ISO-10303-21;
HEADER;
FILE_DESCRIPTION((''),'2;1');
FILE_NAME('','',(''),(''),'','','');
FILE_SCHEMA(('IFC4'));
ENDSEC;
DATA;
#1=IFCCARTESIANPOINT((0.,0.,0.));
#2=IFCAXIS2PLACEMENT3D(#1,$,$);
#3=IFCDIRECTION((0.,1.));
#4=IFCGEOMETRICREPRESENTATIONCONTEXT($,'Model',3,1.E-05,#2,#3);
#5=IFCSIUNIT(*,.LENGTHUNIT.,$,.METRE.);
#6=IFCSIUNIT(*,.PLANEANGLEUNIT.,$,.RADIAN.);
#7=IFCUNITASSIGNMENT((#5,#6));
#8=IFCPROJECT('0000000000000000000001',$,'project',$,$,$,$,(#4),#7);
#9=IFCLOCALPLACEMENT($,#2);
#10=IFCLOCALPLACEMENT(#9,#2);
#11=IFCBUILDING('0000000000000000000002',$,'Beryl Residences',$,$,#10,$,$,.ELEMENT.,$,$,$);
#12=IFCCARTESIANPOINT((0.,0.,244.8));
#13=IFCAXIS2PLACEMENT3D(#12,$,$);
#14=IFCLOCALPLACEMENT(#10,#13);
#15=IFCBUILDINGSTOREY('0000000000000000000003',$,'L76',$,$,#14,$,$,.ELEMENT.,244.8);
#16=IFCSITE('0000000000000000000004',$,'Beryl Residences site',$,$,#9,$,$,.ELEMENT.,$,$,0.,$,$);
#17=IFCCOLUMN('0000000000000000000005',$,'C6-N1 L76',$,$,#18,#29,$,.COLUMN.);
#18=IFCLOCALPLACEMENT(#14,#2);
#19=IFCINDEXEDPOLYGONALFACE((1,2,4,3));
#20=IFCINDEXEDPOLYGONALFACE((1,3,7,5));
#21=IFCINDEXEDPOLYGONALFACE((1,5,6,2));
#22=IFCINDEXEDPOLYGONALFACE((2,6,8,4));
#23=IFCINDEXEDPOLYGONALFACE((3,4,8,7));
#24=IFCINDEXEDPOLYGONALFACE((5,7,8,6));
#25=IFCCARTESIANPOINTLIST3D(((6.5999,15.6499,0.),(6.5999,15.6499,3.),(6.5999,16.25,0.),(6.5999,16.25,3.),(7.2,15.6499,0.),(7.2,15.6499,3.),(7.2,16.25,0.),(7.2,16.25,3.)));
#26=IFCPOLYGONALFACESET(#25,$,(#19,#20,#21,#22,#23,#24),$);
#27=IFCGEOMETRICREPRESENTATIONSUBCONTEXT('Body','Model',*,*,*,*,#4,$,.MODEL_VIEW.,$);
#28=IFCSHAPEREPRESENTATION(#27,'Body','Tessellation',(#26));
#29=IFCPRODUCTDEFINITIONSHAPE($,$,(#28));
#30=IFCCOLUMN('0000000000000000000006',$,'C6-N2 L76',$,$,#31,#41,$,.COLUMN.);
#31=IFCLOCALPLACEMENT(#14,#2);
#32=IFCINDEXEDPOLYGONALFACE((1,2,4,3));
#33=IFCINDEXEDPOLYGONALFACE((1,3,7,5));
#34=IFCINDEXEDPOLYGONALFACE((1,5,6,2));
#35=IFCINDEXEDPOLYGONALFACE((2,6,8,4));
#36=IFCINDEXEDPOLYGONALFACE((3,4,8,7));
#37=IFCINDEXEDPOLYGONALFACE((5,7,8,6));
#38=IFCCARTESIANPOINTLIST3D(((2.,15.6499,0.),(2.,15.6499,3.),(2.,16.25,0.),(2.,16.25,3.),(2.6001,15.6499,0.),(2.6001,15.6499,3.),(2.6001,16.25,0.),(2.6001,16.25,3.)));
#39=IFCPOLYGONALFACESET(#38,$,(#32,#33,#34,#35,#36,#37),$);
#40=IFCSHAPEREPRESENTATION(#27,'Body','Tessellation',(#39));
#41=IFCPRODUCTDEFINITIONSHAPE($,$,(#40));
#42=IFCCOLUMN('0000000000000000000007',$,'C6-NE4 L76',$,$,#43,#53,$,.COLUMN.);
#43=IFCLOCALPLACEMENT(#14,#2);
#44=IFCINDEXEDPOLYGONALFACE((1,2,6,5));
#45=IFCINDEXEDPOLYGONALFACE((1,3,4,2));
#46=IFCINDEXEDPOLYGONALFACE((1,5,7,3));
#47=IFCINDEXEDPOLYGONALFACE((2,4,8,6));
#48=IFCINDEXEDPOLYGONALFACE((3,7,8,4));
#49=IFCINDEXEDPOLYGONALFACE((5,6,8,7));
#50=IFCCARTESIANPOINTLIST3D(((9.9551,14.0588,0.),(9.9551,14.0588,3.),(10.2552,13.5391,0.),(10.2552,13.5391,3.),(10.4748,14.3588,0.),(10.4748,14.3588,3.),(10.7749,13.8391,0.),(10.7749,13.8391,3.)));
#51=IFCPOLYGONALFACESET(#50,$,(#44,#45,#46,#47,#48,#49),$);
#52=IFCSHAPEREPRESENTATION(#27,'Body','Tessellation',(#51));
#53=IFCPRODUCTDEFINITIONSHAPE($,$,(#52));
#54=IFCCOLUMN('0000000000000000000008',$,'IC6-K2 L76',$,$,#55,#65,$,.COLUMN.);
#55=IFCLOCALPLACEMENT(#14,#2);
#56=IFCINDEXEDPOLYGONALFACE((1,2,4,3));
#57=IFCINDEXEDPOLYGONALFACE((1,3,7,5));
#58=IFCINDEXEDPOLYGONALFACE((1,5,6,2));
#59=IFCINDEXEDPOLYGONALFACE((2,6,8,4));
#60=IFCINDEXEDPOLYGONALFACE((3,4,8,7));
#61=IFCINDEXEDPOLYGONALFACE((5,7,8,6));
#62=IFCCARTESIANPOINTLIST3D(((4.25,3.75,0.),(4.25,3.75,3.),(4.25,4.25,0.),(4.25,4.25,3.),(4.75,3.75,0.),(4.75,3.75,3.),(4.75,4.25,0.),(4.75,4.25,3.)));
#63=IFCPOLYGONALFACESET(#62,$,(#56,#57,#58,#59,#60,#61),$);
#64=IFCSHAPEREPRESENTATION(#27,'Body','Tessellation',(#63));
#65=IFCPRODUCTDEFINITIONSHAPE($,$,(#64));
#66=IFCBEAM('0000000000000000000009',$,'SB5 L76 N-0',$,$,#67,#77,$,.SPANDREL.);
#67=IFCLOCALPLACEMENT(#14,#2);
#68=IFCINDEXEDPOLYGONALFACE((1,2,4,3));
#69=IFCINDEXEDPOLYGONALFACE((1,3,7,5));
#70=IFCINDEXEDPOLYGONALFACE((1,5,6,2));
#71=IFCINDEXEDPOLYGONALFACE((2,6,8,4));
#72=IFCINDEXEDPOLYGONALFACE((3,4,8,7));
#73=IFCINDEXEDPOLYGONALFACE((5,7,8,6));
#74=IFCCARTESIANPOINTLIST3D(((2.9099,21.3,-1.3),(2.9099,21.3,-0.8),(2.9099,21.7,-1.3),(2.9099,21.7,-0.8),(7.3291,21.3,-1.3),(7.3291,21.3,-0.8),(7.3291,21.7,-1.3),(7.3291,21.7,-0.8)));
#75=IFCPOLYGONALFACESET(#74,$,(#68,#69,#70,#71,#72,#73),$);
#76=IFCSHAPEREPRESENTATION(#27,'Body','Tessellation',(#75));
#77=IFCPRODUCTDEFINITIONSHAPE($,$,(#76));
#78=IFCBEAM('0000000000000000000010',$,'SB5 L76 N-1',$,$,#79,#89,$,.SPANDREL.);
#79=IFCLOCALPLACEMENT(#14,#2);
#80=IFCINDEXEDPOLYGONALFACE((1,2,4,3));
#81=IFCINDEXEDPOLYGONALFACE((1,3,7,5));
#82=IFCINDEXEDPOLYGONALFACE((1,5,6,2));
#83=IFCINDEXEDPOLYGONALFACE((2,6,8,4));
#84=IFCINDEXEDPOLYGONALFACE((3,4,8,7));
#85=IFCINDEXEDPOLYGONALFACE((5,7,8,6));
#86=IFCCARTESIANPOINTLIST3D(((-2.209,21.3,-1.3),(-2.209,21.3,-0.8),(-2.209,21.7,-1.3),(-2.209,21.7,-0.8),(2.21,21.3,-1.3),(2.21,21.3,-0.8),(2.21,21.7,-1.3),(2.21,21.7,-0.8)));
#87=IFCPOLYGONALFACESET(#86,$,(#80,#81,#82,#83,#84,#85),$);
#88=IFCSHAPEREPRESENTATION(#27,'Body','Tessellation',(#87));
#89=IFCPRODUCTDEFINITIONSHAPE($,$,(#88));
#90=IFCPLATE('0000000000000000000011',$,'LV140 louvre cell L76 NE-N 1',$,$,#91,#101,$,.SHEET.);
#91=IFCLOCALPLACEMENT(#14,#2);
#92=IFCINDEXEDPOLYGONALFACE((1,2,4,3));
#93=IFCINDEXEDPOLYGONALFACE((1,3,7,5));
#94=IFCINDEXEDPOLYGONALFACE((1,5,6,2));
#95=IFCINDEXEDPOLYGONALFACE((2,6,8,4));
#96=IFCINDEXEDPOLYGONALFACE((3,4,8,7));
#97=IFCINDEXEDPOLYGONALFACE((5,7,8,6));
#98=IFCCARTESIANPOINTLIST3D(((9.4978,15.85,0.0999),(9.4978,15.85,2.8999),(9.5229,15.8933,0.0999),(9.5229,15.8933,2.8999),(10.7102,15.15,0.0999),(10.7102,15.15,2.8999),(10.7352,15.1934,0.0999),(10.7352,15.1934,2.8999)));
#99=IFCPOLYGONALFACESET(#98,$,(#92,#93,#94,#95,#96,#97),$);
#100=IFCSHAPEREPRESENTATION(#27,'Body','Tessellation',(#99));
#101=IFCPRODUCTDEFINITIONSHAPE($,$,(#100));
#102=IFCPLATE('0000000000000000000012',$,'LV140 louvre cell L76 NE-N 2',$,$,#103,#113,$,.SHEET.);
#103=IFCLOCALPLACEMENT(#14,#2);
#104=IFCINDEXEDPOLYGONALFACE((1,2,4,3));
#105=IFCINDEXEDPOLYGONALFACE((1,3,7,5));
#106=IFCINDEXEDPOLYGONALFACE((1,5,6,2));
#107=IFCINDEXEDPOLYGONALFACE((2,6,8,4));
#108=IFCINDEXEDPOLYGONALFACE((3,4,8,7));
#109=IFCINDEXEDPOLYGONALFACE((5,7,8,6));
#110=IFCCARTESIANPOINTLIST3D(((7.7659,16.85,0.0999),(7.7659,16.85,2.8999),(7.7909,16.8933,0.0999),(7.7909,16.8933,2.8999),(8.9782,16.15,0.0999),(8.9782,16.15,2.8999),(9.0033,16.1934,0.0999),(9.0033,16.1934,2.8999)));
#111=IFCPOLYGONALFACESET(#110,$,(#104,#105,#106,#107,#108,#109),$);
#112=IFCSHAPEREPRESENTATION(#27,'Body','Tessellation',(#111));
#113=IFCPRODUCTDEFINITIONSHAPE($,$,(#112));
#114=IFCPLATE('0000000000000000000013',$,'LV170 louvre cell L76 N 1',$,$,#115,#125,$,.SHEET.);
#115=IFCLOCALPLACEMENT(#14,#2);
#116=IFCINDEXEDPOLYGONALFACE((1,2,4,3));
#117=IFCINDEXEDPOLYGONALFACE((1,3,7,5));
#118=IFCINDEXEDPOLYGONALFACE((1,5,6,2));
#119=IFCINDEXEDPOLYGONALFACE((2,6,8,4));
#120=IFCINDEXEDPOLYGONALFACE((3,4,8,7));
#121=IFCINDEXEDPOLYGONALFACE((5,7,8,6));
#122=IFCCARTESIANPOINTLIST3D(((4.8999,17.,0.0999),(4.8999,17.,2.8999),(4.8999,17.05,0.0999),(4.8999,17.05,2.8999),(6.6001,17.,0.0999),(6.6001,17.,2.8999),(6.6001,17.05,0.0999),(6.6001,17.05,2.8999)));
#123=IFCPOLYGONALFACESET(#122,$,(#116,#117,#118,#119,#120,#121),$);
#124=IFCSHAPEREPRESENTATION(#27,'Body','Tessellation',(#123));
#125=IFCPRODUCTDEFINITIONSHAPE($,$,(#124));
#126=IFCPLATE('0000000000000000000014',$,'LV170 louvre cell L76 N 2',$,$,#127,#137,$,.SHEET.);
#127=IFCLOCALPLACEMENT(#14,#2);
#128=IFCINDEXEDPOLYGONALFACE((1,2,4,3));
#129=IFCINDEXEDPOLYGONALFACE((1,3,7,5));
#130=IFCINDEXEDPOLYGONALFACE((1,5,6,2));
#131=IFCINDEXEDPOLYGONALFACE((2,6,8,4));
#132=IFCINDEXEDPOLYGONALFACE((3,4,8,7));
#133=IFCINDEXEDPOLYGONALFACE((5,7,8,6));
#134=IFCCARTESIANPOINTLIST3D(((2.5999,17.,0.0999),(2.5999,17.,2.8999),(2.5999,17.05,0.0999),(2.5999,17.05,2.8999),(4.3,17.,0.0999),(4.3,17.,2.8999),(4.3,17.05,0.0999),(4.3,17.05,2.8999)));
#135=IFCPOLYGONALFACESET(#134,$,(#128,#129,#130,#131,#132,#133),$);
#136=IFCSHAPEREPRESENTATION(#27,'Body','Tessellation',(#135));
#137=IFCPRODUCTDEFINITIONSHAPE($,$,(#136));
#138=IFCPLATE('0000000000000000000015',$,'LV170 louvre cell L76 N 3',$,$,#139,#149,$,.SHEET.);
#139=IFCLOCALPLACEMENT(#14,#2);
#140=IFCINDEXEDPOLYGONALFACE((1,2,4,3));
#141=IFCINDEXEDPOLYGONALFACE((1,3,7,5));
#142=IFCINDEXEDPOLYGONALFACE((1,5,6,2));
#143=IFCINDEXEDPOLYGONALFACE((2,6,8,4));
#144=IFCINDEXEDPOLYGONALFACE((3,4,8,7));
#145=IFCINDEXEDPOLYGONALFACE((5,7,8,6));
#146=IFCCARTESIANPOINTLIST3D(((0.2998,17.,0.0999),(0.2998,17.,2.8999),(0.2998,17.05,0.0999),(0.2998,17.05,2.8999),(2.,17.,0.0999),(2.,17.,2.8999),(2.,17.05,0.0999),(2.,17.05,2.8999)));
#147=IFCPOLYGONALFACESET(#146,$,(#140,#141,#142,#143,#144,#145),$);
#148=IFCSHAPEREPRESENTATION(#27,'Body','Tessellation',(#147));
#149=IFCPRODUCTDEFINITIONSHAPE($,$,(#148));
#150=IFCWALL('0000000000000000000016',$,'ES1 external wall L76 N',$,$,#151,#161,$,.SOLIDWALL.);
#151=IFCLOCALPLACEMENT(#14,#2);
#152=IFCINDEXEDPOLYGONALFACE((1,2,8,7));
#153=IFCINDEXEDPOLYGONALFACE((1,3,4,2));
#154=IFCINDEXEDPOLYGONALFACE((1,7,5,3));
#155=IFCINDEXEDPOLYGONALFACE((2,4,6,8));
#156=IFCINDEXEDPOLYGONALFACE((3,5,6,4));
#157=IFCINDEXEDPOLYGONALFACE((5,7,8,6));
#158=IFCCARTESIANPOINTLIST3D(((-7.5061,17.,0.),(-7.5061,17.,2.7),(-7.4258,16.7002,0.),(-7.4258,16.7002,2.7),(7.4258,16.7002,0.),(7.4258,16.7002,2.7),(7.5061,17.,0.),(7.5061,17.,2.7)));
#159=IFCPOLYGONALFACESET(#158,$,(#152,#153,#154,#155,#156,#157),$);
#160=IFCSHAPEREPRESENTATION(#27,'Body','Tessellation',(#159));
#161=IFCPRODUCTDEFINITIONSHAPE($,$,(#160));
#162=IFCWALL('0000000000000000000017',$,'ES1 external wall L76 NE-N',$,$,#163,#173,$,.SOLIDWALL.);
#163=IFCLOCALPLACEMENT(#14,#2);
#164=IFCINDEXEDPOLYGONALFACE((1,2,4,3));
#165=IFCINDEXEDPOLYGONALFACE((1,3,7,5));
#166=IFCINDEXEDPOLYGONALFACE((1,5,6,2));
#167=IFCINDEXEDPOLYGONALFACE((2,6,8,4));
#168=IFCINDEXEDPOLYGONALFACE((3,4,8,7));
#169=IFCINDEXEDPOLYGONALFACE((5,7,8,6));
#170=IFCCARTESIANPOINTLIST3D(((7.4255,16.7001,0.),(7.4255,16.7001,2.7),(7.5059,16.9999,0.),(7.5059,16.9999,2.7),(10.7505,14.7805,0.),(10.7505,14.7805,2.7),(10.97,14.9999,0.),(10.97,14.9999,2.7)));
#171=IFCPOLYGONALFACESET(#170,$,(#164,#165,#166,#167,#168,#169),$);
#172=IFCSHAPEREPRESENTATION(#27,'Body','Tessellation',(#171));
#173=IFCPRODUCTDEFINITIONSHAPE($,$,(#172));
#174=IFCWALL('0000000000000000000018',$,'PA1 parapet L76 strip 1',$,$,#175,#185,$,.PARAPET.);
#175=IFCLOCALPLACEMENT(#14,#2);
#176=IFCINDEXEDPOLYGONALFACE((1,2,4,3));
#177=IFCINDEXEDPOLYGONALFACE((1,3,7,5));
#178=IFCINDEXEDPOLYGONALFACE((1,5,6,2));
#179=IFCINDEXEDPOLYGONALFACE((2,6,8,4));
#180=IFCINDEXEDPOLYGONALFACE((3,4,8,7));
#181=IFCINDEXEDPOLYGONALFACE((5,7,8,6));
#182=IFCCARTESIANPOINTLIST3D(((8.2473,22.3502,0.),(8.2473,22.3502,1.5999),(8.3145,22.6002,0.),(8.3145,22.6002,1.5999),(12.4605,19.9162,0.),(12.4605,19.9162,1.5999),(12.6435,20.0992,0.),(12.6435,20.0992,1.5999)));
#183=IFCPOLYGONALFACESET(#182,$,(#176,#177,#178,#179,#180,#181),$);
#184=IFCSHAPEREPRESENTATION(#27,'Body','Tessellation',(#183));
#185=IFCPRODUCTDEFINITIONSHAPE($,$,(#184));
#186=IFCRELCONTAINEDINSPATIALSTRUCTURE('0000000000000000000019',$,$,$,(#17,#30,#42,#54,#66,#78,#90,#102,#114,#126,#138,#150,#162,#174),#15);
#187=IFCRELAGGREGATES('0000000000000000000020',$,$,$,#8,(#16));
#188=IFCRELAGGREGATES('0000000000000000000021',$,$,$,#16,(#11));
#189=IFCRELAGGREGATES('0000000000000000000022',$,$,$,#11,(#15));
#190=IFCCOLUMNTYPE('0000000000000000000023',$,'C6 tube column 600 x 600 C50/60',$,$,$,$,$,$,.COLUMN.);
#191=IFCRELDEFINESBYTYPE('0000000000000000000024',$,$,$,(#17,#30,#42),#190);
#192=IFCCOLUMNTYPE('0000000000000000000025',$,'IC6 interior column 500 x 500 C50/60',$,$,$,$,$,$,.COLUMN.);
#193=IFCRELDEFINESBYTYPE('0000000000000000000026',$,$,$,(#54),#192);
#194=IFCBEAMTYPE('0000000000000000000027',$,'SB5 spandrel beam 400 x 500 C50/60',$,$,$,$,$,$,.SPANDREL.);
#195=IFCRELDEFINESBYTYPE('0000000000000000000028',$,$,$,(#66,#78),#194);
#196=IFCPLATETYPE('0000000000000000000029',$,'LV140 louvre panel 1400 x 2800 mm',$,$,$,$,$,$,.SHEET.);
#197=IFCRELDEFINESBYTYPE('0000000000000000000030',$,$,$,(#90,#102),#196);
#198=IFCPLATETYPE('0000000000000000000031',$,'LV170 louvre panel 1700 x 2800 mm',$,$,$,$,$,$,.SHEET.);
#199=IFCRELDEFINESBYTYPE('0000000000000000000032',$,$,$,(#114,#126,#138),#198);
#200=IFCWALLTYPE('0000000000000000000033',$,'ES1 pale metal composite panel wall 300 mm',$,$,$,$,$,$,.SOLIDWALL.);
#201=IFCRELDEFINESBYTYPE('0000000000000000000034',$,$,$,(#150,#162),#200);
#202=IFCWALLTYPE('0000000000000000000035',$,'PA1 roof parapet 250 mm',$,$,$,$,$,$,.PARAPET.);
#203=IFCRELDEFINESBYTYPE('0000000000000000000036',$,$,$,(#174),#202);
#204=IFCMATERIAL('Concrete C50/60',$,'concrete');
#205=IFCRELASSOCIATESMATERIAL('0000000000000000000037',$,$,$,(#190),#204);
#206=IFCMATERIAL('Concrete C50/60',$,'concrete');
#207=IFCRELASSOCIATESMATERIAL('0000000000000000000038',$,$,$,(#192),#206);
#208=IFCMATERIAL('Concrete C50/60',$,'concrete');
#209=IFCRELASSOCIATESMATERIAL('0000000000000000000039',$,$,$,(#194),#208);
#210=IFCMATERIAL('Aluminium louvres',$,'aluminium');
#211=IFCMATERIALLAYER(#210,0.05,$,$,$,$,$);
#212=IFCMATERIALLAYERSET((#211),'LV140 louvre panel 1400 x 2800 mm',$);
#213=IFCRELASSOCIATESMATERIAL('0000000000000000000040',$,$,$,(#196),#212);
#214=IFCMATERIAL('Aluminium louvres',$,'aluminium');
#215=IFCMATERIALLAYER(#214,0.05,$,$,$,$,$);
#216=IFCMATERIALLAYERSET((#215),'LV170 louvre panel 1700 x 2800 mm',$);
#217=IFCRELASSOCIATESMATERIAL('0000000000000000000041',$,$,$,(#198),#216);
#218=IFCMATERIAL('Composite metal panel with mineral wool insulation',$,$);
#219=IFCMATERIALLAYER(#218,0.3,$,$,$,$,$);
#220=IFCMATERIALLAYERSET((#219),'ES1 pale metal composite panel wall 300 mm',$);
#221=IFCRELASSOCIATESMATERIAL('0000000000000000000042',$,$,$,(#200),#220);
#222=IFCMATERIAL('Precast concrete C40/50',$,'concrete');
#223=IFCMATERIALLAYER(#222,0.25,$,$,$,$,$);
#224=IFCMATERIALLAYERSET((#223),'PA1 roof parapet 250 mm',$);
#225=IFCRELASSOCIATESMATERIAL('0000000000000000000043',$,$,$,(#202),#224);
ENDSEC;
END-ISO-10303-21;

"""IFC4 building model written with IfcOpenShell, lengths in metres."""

from ifc_helpers import new_model, si_unit, direction, frame, origin, origin_2d, place, context, subcontext, project, spatial, polyline, rectangle, outline, extrude, source, transform, mapped, material, layer, layer_set, material_profile, profile_set, type_object, type_shapes, element, save


model = new_model("IFC4")

# Units and contexts
model_context = context("Model", 3, precision=1e-05, world=origin(), true_north=direction((0.0, 1.0)))
body_context = subcontext(model_context, "Body", "Model", "MODEL_VIEW")
ifc_project = project(units=[si_unit("LENGTHUNIT", "METRE"), si_unit("PLANEANGLEUNIT", "RADIAN")], contexts=[model_context])

# Site, building, storey
site_placement = place(None, origin())
site = spatial("IfcSite", under=ifc_project, at=site_placement, Name="Beryl Residences site", CompositionType="ELEMENT", RefElevation=0.0)
building_placement = place(site_placement, origin())
building = spatial("IfcBuilding", under=site, at=building_placement, Name="Beryl Residences", CompositionType="ELEMENT")
storey_placement = place(building_placement, frame((0.0, 0.0, 244.8)))
storey = spatial("IfcBuildingStorey", under=building, at=storey_placement, Name="L76", CompositionType="ELEMENT", Elevation=244.8)

# Columns
ifc_material_1 = material(Name="Concrete C50/60", Category="concrete")
ifc_material_profile_1 = material_profile(ifc_material_1, rectangle(XDim=0.6001, YDim=0.6001, at=origin_2d()))
ifc_profile_set_1 = profile_set([ifc_material_profile_1], Name="Concrete C50/60")
column_type_1 = type_object("IfcColumnType", Name="C6 tube column 600 x 600 C50/60", PredefinedType="COLUMN", material=ifc_profile_set_1)
for number, where, z_axis, x_axis, name in (
    (1, (6.8999, 15.95, 0.0), (0.0, 0.0, 1.0), (-1.0, 0.0, 0.0), "C6-N1 L76"),
    (2, (2.3, 15.95, 0.0), (0.0, 0.0, 1.0), (-1.0, 0.0, 0.0), "C6-N2 L76"),
    (3, (10.365, 13.949, 0.0), (0.0, 0.0, 1.0), (-0.5, 0.866025, 0.0), "C6-NE4 L76"),
):
    element("IfcColumn", number, at=place(storey_placement, frame(where, z_axis=z_axis, x_axis=x_axis)), inside=storey, type_object=column_type_1, Name=name, PredefinedType="COLUMN", context=body_context, shape_type="SweptSolid", body=[
        extrude(rectangle(XDim=0.6001, YDim=0.6001, at=origin_2d()), origin(), (0.0, 0.0, 1.0), 3.0),
    ])
ifc_material_2 = material(Name="Concrete C50/60", Category="concrete")
ifc_material_profile_2 = material_profile(ifc_material_2, rectangle(XDim=0.5, YDim=0.5, at=origin_2d()))
ifc_profile_set_2 = profile_set([ifc_material_profile_2], Name="Concrete C50/60")
column_type_2 = type_object("IfcColumnType", Name="IC6 interior column 500 x 500 C50/60", PredefinedType="COLUMN", material=ifc_profile_set_2)
column_placement = place(storey_placement, frame((4.5, 4.0, 0.0), z_axis=(0.0, 0.0, 1.0), x_axis=(1.0, 0.0, 0.0)))
element("IfcColumn", 4, at=column_placement, inside=storey, type_object=column_type_2, Name="IC6-K2 L76", PredefinedType="COLUMN", context=body_context, shape_type="SweptSolid", body=[
    extrude(rectangle(XDim=0.5, YDim=0.5, at=origin_2d()), origin(), (0.0, 0.0, 1.0), 3.0),
])

# Beams
ifc_material_3 = material(Name="Concrete C50/60", Category="concrete")
ifc_material_profile_3 = material_profile(ifc_material_3, rectangle(XDim=0.3999, YDim=0.5, at=origin_2d()))
ifc_profile_set_3 = profile_set([ifc_material_profile_3], Name="Concrete C50/60")
beam_type = type_object("IfcBeamType", Name="SB5 spandrel beam 400 x 500 C50/60", PredefinedType="SPANDREL", material=ifc_profile_set_3)
beam_1_placement = place(storey_placement, frame((7.3291, 21.5, -1.05), z_axis=(-1.0, 0.0, 0.0), x_axis=(0.0, -1.0, 0.0)))
element("IfcBeam", 5, at=beam_1_placement, inside=storey, type_object=beam_type, Name="SB5 L76 N-0", PredefinedType="SPANDREL", context=body_context, shape_type="SweptSolid", body=[
    extrude(rectangle(XDim=0.3999, YDim=0.5, at=origin_2d()), origin(), (0.0, 0.0, 1.0), 4.4192),
])
beam_2_placement = place(storey_placement, frame((2.21, 21.5, -1.05), z_axis=(-1.0, 0.0, 0.0), x_axis=(0.0, -1.0, 0.0)))
element("IfcBeam", 6, at=beam_2_placement, inside=storey, type_object=beam_type, Name="SB5 L76 N-1", PredefinedType="SPANDREL", context=body_context, shape_type="SweptSolid", body=[
    extrude(rectangle(XDim=0.3999, YDim=0.5, at=origin_2d()), origin(), (0.0, 0.0, 1.0), 4.4189),
])

# Plates
ifc_material_4 = material(Name="Aluminium louvres", Category="aluminium")
ifc_layer_1 = layer(ifc_material_4, 0.05)
ifc_layer_set_1 = layer_set([ifc_layer_1], Name="LV140 louvre panel 1400 x 2800 mm")
plate_type_1 = type_object("IfcPlateType", Name="LV140 louvre panel 1400 x 2800 mm", PredefinedType="SHEET", material=ifc_layer_set_1)
shared_shape_1 = source(origin(), body_context, "Body", "SweptSolid", [
    extrude(outline(polyline([(-0.7, 0.0), (0.7, 0.0), (0.7, 0.05), (-0.7, 0.05), (-0.7, 0.0)])), origin(), (0.0, 0.0, 1.0), 2.8),
])
type_shapes(plate_type_1, [shared_shape_1])
for number, where, z_axis, x_axis, name in (
    (7, (10.104, 15.5, 0.0999), (0.0, 0.0, 1.0), (0.866025, -0.5, 0.0), "LV140 louvre cell L76 NE-N 1"),
    (8, (8.3721, 16.5, 0.0999), (0.0, 0.0, 1.0), (0.866025, -0.5, 0.0), "LV140 louvre cell L76 NE-N 2"),
):
    element("IfcPlate", number, at=place(storey_placement, frame(where, z_axis=z_axis, x_axis=x_axis)), inside=storey, type_object=plate_type_1, Name=name, PredefinedType="SHEET", context=body_context, shape_type="MappedRepresentation", body=[
        mapped(shared_shape_1, transform((0.0, 0.0, 0.0))),
    ])
ifc_material_5 = material(Name="Aluminium louvres", Category="aluminium")
ifc_layer_2 = layer(ifc_material_5, 0.05)
ifc_layer_set_2 = layer_set([ifc_layer_2], Name="LV170 louvre panel 1700 x 2800 mm")
plate_type_2 = type_object("IfcPlateType", Name="LV170 louvre panel 1700 x 2800 mm", PredefinedType="SHEET", material=ifc_layer_set_2)
shared_shape_2 = source(origin(), body_context, "Body", "SweptSolid", [
    extrude(outline(polyline([(-0.8501, 0.0), (0.8501, 0.0), (0.8501, 0.05), (-0.8501, 0.05), (-0.8501, 0.0)])), origin(), (0.0, 0.0, 1.0), 2.8),
])
type_shapes(plate_type_2, [shared_shape_2])
for number, where, z_axis, x_axis, name in (
    (9, (5.75, 17.0, 0.0999), (0.0, 0.0, 1.0), (1.0, 0.0, 0.0), "LV170 louvre cell L76 N 1"),
    (10, (3.45, 17.0, 0.0999), (0.0, 0.0, 1.0), (1.0, 0.0, 0.0), "LV170 louvre cell L76 N 2"),
    (11, (1.1499, 17.0, 0.0999), (0.0, 0.0, 1.0), (1.0, 0.0, 0.0), "LV170 louvre cell L76 N 3"),
):
    element("IfcPlate", number, at=place(storey_placement, frame(where, z_axis=z_axis, x_axis=x_axis)), inside=storey, type_object=plate_type_2, Name=name, PredefinedType="SHEET", context=body_context, shape_type="MappedRepresentation", body=[
        mapped(shared_shape_2, transform((0.0, 0.0, 0.0))),
    ])

# Walls
ifc_material_6 = material(Name="Composite metal panel with mineral wool insulation")
ifc_layer_3 = layer(ifc_material_6, 0.3)
ifc_layer_set_3 = layer_set([ifc_layer_3], Name="ES1 pale metal composite panel wall 300 mm")
wall_type_1 = type_object("IfcWallType", Name="ES1 pale metal composite panel wall 300 mm", PredefinedType="SOLIDWALL", material=ifc_layer_set_3)
wall_1_placement = place(storey_placement, frame((7.5061, 16.8501, 0.0), z_axis=(0.0, 0.0, 1.0), x_axis=(-1.0, 0.0, 0.0)))
element("IfcWall", 12, at=wall_1_placement, inside=storey, type_object=wall_type_1, Name="ES1 external wall L76 N", PredefinedType="SOLIDWALL", context=body_context, shape_type="SweptSolid", body=[
    extrude(outline(polyline([(0.0, -0.1499), (15.0122, -0.1499), (14.9319, 0.1499), (0.0803, 0.1499), (0.0, -0.1499)])), origin(), (0.0, 0.0, 1.0), 2.7),
])
wall_2_placement = place(storey_placement, frame((10.895, 14.8701, 0.0), z_axis=(0.0, 0.0, 1.0), x_axis=(-0.866026, 0.499999, 0.0)))
element("IfcWall", 13, at=wall_2_placement, inside=storey, type_object=wall_type_1, Name="ES1 external wall L76 NE-N", PredefinedType="SOLIDWALL", context=body_context, shape_type="SweptSolid", body=[
    extrude(outline(polyline([(0.0, -0.1499), (4.0, -0.1499), (3.9197, 0.1499), (0.0803, 0.1499), (0.0, -0.1499)])), origin(), (0.0, 0.0, 1.0), 2.7),
])
ifc_material_7 = material(Name="Precast concrete C40/50", Category="concrete")
ifc_layer_4 = layer(ifc_material_7, 0.25)
ifc_layer_set_4 = layer_set([ifc_layer_4], Name="PA1 roof parapet 250 mm")
wall_type_2 = type_object("IfcWallType", Name="PA1 roof parapet 250 mm", PredefinedType="PARAPET", material=ifc_layer_set_4)
wall_3_placement = place(storey_placement, frame((8.252, 22.4919, 0.0), z_axis=(0.0, 0.0, 1.0), x_axis=(0.86589, -0.500235, 0.0)))
element("IfcWall", 14, at=wall_3_placement, inside=storey, type_object=wall_type_2, Name="PA1 parapet L76 strip 1", PredefinedType="PARAPET", context=body_context, shape_type="SweptSolid", body=[
    extrude(outline(polyline([(0.0669, -0.125), (4.9326, -0.125), (4.9995, 0.125), (0.0, 0.125), (0.0669, -0.125)])), origin(), (0.0, 0.0, 1.0), 1.5999),
])

save(model, "model.ifc")
